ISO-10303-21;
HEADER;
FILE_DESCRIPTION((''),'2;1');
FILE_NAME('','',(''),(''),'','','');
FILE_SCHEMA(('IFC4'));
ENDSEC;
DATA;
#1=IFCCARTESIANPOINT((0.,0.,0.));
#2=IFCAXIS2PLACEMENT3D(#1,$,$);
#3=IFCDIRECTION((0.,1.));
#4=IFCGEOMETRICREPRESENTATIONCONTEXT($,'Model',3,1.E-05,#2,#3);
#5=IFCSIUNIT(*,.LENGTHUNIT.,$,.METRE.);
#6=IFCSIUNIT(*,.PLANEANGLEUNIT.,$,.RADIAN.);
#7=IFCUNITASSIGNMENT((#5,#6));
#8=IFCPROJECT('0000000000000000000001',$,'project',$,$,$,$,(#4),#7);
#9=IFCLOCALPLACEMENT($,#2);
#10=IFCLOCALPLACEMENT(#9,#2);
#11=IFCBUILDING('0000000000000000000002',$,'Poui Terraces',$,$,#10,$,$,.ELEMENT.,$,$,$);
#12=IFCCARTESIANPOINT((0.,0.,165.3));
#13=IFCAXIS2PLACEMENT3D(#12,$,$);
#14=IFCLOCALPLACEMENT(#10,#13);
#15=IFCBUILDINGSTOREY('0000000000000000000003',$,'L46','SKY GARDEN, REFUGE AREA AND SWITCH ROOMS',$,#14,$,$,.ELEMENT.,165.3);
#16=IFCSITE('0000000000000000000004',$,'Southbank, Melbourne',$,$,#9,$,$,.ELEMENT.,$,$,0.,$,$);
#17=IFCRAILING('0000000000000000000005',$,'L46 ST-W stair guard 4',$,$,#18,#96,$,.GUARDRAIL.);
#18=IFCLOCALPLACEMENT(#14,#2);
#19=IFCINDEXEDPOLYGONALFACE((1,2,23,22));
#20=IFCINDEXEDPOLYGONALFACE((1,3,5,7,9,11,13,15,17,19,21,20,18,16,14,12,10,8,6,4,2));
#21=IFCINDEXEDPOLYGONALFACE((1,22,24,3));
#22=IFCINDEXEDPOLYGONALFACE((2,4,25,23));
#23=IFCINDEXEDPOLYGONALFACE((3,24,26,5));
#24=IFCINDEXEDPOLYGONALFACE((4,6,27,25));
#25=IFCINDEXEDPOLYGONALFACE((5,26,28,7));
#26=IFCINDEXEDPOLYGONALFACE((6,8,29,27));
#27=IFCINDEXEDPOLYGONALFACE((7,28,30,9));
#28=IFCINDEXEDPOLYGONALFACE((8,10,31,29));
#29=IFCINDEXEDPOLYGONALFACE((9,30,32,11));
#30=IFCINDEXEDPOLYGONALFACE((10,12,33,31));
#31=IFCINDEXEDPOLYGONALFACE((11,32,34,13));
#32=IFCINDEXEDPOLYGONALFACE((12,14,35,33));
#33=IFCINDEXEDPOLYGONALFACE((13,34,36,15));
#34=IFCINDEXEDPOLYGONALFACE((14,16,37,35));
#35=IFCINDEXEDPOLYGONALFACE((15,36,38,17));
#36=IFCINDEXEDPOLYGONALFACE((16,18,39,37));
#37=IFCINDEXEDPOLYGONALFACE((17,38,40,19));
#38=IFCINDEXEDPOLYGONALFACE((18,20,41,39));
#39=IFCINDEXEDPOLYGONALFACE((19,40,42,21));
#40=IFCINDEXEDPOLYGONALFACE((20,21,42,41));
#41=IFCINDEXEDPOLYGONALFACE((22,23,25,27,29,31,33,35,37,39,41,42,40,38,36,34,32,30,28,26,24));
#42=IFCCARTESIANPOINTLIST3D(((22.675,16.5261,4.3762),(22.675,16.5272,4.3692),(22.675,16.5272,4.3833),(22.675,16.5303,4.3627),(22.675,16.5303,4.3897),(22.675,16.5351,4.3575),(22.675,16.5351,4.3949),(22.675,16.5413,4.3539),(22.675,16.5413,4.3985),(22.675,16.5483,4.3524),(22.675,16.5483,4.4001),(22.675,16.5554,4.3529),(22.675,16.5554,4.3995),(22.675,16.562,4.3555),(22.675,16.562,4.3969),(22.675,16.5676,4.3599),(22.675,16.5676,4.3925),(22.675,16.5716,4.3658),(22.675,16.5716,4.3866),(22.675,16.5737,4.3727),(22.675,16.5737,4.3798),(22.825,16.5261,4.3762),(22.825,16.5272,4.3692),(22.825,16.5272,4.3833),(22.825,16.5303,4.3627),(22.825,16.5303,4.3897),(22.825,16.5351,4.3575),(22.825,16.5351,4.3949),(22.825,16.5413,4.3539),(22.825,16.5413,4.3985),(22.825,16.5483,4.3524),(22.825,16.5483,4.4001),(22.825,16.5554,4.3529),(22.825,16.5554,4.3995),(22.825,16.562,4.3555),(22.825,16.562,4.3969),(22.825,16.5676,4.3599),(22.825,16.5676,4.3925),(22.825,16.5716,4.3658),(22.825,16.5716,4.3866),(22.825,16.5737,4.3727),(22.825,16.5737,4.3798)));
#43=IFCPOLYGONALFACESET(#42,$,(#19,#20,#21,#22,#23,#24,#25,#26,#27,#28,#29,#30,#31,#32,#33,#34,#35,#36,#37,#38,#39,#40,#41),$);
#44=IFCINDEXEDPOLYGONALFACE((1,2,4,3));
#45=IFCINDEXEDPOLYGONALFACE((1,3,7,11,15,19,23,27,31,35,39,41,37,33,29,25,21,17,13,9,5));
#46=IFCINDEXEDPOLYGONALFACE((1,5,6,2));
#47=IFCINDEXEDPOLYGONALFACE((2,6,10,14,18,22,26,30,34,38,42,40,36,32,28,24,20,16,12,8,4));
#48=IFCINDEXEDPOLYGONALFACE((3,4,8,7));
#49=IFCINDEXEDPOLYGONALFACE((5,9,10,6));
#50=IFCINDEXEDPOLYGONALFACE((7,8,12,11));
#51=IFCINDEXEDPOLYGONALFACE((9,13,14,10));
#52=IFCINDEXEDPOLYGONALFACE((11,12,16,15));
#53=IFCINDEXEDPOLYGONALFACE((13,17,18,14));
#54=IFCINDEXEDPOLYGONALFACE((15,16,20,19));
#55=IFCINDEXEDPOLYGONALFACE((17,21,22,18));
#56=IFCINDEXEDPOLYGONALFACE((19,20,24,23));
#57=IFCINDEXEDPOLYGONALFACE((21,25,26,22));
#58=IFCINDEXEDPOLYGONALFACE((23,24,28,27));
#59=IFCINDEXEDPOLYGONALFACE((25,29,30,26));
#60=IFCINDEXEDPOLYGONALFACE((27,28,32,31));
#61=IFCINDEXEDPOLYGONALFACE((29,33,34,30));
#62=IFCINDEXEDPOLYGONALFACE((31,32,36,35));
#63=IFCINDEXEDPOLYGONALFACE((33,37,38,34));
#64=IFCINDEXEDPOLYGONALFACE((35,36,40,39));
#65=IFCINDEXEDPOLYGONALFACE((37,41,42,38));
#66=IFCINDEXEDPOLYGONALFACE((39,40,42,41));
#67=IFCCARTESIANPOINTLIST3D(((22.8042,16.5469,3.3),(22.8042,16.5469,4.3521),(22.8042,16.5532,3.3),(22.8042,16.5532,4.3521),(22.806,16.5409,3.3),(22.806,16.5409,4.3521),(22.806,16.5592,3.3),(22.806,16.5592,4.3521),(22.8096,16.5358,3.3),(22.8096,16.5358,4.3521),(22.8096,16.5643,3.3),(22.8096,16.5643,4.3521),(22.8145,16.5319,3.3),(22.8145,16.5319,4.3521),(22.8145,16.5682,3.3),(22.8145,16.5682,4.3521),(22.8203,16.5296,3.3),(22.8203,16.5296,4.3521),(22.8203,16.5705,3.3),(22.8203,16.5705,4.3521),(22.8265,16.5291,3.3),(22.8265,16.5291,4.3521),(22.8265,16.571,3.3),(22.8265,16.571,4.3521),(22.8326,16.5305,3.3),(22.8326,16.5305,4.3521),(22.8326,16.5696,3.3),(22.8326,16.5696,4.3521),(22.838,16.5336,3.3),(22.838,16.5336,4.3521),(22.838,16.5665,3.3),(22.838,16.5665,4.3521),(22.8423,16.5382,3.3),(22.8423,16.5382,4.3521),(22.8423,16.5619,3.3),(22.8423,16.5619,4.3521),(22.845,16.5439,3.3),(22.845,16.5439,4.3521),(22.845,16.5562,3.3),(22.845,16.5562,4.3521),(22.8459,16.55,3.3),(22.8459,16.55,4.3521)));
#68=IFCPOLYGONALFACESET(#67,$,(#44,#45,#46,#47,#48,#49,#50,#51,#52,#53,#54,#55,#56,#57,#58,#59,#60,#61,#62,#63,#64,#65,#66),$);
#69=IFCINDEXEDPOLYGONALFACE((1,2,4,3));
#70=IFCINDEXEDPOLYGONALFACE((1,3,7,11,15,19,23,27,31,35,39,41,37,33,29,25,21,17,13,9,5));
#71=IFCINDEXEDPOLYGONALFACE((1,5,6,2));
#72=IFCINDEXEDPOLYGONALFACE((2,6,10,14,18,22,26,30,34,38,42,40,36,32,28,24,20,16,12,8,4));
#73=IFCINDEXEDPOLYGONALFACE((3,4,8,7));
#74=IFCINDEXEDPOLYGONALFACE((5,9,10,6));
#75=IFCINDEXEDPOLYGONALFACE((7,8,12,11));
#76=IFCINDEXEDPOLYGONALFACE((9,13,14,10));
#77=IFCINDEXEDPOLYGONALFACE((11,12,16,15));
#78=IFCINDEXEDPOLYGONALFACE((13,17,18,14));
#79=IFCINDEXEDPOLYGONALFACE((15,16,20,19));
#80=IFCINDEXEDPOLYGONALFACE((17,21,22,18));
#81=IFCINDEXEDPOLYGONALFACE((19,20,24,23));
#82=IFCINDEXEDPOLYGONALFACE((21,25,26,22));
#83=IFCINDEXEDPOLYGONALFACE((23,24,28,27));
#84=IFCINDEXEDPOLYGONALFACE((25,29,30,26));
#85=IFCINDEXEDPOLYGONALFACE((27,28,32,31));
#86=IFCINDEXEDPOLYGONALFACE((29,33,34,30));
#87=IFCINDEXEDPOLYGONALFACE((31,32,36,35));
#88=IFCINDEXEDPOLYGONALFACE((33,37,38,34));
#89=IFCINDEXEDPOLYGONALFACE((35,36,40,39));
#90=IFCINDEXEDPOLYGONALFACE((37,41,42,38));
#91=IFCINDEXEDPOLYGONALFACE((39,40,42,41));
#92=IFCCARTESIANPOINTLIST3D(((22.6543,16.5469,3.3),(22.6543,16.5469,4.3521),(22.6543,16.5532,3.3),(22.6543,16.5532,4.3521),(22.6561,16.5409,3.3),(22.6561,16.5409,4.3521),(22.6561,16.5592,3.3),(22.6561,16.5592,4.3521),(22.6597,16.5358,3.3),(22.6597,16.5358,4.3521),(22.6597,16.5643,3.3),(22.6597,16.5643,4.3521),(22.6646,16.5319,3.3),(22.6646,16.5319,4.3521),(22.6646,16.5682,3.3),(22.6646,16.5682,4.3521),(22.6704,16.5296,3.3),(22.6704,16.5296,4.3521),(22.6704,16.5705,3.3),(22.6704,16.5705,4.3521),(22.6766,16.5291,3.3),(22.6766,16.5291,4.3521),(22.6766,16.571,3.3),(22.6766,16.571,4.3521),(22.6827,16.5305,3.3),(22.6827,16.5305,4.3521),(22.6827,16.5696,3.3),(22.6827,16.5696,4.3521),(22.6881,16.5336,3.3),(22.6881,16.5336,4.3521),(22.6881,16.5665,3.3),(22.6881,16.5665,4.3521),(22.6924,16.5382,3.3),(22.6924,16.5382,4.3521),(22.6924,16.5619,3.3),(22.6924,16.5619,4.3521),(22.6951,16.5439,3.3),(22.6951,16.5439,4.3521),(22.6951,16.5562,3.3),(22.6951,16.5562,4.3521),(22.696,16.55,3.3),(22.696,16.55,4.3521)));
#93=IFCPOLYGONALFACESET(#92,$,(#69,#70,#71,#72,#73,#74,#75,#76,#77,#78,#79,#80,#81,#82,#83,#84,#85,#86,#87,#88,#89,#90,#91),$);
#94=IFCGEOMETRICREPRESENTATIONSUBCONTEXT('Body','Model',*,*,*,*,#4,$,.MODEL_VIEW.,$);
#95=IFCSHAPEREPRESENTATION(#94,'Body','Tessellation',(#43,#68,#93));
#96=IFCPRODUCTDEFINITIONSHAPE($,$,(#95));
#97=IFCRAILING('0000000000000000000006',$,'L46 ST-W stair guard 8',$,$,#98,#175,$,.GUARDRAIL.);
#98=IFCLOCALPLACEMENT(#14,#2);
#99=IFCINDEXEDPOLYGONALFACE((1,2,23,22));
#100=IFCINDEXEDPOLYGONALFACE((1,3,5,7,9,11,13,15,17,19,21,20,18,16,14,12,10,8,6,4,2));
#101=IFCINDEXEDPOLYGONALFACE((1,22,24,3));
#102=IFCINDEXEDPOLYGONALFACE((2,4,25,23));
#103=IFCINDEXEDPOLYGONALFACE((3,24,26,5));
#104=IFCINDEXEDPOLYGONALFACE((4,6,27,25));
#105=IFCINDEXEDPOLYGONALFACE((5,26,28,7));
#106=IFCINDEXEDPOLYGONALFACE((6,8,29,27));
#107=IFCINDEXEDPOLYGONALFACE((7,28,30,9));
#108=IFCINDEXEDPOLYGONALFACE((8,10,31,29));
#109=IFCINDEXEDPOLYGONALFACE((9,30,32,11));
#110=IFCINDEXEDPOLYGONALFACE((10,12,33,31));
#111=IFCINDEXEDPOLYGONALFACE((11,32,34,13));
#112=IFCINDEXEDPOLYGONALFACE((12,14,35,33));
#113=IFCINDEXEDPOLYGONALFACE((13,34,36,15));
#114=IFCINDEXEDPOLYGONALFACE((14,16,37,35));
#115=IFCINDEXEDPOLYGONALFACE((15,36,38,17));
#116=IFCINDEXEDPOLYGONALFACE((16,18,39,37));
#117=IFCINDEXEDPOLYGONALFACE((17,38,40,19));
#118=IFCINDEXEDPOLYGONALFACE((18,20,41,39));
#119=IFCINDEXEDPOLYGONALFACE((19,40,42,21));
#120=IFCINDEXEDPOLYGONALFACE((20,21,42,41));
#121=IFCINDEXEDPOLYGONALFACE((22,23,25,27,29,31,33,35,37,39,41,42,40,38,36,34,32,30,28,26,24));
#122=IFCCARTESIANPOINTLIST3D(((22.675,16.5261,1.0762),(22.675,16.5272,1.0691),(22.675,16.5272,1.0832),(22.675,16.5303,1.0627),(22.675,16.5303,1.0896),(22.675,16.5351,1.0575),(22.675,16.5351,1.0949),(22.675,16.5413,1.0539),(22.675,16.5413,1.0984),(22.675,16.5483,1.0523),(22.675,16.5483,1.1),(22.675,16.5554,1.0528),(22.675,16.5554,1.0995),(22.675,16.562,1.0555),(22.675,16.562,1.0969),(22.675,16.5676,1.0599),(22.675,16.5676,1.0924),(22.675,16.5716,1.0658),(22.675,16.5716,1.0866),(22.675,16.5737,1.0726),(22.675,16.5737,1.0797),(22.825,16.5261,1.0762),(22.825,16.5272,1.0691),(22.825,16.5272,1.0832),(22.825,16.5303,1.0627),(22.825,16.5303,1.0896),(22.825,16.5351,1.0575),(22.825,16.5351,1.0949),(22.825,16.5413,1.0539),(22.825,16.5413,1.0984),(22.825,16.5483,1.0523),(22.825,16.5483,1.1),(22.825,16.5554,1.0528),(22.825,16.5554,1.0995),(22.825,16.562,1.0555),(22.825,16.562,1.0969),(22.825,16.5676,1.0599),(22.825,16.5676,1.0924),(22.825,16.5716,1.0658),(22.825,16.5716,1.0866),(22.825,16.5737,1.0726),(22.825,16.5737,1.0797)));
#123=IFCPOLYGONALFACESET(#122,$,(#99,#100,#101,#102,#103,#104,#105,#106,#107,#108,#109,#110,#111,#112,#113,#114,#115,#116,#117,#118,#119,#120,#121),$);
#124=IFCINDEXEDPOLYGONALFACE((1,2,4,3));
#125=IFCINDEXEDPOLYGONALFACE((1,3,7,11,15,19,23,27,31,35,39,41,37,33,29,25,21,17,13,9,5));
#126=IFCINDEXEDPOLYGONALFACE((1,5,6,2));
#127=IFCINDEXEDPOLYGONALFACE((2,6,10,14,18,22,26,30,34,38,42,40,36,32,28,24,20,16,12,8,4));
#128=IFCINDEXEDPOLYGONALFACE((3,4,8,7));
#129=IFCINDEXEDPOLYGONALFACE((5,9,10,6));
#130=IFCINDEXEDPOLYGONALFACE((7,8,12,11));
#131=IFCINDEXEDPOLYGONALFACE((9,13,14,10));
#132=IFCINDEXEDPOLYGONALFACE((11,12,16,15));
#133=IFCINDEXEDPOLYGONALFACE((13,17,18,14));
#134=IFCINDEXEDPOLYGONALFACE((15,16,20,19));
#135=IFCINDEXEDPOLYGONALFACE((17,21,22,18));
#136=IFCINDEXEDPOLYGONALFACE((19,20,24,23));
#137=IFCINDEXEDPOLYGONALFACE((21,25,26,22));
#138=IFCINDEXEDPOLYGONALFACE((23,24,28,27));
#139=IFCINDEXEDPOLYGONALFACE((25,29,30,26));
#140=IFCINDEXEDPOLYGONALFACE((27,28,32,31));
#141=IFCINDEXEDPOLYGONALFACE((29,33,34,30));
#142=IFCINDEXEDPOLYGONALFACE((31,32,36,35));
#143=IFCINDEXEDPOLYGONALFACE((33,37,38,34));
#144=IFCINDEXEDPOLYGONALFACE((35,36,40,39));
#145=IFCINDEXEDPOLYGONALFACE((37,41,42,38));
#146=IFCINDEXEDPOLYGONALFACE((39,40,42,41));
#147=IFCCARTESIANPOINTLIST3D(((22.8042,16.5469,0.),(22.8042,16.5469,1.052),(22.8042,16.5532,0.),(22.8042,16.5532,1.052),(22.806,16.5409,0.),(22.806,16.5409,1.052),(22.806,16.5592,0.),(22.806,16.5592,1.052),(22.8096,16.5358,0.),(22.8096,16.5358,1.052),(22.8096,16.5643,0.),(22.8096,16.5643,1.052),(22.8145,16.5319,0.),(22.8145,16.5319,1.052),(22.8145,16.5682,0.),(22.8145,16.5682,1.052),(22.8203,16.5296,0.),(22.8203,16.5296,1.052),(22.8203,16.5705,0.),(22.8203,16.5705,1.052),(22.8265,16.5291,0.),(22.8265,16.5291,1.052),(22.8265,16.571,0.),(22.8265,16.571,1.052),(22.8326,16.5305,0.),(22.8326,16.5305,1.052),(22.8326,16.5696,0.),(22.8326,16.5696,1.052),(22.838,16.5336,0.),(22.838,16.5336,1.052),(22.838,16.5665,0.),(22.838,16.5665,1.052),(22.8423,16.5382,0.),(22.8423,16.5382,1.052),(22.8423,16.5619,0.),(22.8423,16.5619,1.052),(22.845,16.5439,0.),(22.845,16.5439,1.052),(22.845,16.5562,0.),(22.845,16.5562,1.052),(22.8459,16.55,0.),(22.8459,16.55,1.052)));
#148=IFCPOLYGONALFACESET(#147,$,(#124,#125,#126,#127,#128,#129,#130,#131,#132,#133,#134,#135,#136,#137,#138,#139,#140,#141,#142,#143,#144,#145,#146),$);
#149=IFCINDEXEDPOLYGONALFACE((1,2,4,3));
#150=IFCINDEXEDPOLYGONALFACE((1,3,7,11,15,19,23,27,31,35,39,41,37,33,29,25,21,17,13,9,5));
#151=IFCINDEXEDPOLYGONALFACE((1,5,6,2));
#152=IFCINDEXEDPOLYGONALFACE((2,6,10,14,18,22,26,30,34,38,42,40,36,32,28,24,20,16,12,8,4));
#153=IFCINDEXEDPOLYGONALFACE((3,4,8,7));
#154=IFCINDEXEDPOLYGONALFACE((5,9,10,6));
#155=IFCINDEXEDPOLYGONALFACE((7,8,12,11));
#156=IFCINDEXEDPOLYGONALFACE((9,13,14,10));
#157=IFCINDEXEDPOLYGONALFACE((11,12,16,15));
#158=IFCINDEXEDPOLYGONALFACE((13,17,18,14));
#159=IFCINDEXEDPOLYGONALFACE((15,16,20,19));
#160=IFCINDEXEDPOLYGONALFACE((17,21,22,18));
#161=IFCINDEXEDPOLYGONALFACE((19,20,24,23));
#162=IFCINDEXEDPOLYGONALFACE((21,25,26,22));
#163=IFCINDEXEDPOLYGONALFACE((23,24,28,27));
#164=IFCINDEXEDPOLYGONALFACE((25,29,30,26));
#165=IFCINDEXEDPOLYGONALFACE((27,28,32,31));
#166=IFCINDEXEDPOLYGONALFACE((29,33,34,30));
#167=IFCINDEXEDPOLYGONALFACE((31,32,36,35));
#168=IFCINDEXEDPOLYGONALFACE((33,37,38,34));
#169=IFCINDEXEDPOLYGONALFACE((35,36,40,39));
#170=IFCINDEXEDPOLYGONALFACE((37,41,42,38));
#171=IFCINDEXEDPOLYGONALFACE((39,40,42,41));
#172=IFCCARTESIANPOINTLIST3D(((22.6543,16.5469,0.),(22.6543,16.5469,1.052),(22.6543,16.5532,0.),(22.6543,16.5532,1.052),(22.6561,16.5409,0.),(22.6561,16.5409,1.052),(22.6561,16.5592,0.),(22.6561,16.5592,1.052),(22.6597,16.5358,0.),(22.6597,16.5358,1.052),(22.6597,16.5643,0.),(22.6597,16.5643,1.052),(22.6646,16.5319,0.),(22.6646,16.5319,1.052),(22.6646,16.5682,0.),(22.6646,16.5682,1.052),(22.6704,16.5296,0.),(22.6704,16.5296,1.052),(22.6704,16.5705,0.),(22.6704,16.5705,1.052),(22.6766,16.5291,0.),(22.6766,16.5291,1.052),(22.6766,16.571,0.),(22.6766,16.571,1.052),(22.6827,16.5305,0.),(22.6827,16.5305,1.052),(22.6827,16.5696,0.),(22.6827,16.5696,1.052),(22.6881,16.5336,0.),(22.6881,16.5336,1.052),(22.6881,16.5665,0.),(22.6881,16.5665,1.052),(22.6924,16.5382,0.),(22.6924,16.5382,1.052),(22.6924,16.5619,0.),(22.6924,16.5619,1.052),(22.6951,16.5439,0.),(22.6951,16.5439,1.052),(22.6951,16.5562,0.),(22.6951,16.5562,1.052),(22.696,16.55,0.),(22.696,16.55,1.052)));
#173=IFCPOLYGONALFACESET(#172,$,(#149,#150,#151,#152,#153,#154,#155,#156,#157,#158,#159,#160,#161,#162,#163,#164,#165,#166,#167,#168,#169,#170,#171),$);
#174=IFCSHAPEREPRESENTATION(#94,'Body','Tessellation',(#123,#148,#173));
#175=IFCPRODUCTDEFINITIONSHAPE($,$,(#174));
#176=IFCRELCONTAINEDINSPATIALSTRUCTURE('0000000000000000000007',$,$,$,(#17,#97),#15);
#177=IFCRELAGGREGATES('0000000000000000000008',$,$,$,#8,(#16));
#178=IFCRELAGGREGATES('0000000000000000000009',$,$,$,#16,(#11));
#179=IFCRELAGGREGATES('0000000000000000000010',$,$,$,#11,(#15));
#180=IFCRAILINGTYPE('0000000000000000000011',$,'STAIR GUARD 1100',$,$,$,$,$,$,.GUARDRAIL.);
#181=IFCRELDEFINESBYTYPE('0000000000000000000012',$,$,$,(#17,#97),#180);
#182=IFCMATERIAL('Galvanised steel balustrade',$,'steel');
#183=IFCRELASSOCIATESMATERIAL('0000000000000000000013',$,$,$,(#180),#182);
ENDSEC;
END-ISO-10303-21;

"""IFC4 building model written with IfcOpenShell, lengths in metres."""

from ifc_helpers import new_model, si_unit, direction, frame, origin, origin_2d, place, context, subcontext, project, spatial, circle, extrude, material, type_object, element, save


model = new_model("IFC4")

# Units and contexts
model_context = context("Model", 3, precision=1e-05, world=origin(), true_north=direction((0.0, 1.0)))
body_context = subcontext(model_context, "Body", "Model", "MODEL_VIEW")
ifc_project = project(units=[si_unit("LENGTHUNIT", "METRE"), si_unit("PLANEANGLEUNIT", "RADIAN")], contexts=[model_context])

# Site, building, storey
site_placement = place(None, origin())
site = spatial("IfcSite", under=ifc_project, at=site_placement, Name="Southbank, Melbourne", CompositionType="ELEMENT", RefElevation=0.0)
building_placement = place(site_placement, origin())
building = spatial("IfcBuilding", under=site, at=building_placement, Name="Poui Terraces", CompositionType="ELEMENT")
storey_placement = place(building_placement, frame((0.0, 0.0, 165.3)))
storey = spatial("IfcBuildingStorey", under=building, at=storey_placement, Name="L46", Description="SKY GARDEN, REFUGE AREA AND SWITCH ROOMS", CompositionType="ELEMENT", Elevation=165.3)

# Railings
ifc_material_1 = material(Name="Galvanised steel balustrade", Category="steel")
railing_type = type_object("IfcRailingType", Name="STAIR GUARD 1100", PredefinedType="GUARDRAIL", material=ifc_material_1)
for number, where, name in (
    (1, (22.825, 16.55, 3.3), "L46 ST-W stair guard 4"),
    (2, (22.825, 16.55, 0.0), "L46 ST-W stair guard 8"),
):
    element("IfcRailing", number, at=place(storey_placement, frame(where)), inside=storey, type_object=railing_type, Name=name, PredefinedType="GUARDRAIL", context=body_context, shape_type="SweptSolid", body=[
        extrude(circle(Radius=0.0239, at=origin_2d()), frame((0.0, 0.0, 1.0762), z_axis=(-1.0, 0.0, 0.0), x_axis=(0.0, -1.0, 0.0)), (0.0, 0.0, 1.0), 0.1499),
        extrude(circle(Radius=0.021, at=origin_2d()), origin(), (0.0, 0.0, 1.0), 1.052),
        extrude(circle(Radius=0.021, at=origin_2d()), frame((-0.1499, 0.0, 0.0)), (0.0, 0.0, 1.0), 1.052),
    ])

save(model, "model.ifc")
